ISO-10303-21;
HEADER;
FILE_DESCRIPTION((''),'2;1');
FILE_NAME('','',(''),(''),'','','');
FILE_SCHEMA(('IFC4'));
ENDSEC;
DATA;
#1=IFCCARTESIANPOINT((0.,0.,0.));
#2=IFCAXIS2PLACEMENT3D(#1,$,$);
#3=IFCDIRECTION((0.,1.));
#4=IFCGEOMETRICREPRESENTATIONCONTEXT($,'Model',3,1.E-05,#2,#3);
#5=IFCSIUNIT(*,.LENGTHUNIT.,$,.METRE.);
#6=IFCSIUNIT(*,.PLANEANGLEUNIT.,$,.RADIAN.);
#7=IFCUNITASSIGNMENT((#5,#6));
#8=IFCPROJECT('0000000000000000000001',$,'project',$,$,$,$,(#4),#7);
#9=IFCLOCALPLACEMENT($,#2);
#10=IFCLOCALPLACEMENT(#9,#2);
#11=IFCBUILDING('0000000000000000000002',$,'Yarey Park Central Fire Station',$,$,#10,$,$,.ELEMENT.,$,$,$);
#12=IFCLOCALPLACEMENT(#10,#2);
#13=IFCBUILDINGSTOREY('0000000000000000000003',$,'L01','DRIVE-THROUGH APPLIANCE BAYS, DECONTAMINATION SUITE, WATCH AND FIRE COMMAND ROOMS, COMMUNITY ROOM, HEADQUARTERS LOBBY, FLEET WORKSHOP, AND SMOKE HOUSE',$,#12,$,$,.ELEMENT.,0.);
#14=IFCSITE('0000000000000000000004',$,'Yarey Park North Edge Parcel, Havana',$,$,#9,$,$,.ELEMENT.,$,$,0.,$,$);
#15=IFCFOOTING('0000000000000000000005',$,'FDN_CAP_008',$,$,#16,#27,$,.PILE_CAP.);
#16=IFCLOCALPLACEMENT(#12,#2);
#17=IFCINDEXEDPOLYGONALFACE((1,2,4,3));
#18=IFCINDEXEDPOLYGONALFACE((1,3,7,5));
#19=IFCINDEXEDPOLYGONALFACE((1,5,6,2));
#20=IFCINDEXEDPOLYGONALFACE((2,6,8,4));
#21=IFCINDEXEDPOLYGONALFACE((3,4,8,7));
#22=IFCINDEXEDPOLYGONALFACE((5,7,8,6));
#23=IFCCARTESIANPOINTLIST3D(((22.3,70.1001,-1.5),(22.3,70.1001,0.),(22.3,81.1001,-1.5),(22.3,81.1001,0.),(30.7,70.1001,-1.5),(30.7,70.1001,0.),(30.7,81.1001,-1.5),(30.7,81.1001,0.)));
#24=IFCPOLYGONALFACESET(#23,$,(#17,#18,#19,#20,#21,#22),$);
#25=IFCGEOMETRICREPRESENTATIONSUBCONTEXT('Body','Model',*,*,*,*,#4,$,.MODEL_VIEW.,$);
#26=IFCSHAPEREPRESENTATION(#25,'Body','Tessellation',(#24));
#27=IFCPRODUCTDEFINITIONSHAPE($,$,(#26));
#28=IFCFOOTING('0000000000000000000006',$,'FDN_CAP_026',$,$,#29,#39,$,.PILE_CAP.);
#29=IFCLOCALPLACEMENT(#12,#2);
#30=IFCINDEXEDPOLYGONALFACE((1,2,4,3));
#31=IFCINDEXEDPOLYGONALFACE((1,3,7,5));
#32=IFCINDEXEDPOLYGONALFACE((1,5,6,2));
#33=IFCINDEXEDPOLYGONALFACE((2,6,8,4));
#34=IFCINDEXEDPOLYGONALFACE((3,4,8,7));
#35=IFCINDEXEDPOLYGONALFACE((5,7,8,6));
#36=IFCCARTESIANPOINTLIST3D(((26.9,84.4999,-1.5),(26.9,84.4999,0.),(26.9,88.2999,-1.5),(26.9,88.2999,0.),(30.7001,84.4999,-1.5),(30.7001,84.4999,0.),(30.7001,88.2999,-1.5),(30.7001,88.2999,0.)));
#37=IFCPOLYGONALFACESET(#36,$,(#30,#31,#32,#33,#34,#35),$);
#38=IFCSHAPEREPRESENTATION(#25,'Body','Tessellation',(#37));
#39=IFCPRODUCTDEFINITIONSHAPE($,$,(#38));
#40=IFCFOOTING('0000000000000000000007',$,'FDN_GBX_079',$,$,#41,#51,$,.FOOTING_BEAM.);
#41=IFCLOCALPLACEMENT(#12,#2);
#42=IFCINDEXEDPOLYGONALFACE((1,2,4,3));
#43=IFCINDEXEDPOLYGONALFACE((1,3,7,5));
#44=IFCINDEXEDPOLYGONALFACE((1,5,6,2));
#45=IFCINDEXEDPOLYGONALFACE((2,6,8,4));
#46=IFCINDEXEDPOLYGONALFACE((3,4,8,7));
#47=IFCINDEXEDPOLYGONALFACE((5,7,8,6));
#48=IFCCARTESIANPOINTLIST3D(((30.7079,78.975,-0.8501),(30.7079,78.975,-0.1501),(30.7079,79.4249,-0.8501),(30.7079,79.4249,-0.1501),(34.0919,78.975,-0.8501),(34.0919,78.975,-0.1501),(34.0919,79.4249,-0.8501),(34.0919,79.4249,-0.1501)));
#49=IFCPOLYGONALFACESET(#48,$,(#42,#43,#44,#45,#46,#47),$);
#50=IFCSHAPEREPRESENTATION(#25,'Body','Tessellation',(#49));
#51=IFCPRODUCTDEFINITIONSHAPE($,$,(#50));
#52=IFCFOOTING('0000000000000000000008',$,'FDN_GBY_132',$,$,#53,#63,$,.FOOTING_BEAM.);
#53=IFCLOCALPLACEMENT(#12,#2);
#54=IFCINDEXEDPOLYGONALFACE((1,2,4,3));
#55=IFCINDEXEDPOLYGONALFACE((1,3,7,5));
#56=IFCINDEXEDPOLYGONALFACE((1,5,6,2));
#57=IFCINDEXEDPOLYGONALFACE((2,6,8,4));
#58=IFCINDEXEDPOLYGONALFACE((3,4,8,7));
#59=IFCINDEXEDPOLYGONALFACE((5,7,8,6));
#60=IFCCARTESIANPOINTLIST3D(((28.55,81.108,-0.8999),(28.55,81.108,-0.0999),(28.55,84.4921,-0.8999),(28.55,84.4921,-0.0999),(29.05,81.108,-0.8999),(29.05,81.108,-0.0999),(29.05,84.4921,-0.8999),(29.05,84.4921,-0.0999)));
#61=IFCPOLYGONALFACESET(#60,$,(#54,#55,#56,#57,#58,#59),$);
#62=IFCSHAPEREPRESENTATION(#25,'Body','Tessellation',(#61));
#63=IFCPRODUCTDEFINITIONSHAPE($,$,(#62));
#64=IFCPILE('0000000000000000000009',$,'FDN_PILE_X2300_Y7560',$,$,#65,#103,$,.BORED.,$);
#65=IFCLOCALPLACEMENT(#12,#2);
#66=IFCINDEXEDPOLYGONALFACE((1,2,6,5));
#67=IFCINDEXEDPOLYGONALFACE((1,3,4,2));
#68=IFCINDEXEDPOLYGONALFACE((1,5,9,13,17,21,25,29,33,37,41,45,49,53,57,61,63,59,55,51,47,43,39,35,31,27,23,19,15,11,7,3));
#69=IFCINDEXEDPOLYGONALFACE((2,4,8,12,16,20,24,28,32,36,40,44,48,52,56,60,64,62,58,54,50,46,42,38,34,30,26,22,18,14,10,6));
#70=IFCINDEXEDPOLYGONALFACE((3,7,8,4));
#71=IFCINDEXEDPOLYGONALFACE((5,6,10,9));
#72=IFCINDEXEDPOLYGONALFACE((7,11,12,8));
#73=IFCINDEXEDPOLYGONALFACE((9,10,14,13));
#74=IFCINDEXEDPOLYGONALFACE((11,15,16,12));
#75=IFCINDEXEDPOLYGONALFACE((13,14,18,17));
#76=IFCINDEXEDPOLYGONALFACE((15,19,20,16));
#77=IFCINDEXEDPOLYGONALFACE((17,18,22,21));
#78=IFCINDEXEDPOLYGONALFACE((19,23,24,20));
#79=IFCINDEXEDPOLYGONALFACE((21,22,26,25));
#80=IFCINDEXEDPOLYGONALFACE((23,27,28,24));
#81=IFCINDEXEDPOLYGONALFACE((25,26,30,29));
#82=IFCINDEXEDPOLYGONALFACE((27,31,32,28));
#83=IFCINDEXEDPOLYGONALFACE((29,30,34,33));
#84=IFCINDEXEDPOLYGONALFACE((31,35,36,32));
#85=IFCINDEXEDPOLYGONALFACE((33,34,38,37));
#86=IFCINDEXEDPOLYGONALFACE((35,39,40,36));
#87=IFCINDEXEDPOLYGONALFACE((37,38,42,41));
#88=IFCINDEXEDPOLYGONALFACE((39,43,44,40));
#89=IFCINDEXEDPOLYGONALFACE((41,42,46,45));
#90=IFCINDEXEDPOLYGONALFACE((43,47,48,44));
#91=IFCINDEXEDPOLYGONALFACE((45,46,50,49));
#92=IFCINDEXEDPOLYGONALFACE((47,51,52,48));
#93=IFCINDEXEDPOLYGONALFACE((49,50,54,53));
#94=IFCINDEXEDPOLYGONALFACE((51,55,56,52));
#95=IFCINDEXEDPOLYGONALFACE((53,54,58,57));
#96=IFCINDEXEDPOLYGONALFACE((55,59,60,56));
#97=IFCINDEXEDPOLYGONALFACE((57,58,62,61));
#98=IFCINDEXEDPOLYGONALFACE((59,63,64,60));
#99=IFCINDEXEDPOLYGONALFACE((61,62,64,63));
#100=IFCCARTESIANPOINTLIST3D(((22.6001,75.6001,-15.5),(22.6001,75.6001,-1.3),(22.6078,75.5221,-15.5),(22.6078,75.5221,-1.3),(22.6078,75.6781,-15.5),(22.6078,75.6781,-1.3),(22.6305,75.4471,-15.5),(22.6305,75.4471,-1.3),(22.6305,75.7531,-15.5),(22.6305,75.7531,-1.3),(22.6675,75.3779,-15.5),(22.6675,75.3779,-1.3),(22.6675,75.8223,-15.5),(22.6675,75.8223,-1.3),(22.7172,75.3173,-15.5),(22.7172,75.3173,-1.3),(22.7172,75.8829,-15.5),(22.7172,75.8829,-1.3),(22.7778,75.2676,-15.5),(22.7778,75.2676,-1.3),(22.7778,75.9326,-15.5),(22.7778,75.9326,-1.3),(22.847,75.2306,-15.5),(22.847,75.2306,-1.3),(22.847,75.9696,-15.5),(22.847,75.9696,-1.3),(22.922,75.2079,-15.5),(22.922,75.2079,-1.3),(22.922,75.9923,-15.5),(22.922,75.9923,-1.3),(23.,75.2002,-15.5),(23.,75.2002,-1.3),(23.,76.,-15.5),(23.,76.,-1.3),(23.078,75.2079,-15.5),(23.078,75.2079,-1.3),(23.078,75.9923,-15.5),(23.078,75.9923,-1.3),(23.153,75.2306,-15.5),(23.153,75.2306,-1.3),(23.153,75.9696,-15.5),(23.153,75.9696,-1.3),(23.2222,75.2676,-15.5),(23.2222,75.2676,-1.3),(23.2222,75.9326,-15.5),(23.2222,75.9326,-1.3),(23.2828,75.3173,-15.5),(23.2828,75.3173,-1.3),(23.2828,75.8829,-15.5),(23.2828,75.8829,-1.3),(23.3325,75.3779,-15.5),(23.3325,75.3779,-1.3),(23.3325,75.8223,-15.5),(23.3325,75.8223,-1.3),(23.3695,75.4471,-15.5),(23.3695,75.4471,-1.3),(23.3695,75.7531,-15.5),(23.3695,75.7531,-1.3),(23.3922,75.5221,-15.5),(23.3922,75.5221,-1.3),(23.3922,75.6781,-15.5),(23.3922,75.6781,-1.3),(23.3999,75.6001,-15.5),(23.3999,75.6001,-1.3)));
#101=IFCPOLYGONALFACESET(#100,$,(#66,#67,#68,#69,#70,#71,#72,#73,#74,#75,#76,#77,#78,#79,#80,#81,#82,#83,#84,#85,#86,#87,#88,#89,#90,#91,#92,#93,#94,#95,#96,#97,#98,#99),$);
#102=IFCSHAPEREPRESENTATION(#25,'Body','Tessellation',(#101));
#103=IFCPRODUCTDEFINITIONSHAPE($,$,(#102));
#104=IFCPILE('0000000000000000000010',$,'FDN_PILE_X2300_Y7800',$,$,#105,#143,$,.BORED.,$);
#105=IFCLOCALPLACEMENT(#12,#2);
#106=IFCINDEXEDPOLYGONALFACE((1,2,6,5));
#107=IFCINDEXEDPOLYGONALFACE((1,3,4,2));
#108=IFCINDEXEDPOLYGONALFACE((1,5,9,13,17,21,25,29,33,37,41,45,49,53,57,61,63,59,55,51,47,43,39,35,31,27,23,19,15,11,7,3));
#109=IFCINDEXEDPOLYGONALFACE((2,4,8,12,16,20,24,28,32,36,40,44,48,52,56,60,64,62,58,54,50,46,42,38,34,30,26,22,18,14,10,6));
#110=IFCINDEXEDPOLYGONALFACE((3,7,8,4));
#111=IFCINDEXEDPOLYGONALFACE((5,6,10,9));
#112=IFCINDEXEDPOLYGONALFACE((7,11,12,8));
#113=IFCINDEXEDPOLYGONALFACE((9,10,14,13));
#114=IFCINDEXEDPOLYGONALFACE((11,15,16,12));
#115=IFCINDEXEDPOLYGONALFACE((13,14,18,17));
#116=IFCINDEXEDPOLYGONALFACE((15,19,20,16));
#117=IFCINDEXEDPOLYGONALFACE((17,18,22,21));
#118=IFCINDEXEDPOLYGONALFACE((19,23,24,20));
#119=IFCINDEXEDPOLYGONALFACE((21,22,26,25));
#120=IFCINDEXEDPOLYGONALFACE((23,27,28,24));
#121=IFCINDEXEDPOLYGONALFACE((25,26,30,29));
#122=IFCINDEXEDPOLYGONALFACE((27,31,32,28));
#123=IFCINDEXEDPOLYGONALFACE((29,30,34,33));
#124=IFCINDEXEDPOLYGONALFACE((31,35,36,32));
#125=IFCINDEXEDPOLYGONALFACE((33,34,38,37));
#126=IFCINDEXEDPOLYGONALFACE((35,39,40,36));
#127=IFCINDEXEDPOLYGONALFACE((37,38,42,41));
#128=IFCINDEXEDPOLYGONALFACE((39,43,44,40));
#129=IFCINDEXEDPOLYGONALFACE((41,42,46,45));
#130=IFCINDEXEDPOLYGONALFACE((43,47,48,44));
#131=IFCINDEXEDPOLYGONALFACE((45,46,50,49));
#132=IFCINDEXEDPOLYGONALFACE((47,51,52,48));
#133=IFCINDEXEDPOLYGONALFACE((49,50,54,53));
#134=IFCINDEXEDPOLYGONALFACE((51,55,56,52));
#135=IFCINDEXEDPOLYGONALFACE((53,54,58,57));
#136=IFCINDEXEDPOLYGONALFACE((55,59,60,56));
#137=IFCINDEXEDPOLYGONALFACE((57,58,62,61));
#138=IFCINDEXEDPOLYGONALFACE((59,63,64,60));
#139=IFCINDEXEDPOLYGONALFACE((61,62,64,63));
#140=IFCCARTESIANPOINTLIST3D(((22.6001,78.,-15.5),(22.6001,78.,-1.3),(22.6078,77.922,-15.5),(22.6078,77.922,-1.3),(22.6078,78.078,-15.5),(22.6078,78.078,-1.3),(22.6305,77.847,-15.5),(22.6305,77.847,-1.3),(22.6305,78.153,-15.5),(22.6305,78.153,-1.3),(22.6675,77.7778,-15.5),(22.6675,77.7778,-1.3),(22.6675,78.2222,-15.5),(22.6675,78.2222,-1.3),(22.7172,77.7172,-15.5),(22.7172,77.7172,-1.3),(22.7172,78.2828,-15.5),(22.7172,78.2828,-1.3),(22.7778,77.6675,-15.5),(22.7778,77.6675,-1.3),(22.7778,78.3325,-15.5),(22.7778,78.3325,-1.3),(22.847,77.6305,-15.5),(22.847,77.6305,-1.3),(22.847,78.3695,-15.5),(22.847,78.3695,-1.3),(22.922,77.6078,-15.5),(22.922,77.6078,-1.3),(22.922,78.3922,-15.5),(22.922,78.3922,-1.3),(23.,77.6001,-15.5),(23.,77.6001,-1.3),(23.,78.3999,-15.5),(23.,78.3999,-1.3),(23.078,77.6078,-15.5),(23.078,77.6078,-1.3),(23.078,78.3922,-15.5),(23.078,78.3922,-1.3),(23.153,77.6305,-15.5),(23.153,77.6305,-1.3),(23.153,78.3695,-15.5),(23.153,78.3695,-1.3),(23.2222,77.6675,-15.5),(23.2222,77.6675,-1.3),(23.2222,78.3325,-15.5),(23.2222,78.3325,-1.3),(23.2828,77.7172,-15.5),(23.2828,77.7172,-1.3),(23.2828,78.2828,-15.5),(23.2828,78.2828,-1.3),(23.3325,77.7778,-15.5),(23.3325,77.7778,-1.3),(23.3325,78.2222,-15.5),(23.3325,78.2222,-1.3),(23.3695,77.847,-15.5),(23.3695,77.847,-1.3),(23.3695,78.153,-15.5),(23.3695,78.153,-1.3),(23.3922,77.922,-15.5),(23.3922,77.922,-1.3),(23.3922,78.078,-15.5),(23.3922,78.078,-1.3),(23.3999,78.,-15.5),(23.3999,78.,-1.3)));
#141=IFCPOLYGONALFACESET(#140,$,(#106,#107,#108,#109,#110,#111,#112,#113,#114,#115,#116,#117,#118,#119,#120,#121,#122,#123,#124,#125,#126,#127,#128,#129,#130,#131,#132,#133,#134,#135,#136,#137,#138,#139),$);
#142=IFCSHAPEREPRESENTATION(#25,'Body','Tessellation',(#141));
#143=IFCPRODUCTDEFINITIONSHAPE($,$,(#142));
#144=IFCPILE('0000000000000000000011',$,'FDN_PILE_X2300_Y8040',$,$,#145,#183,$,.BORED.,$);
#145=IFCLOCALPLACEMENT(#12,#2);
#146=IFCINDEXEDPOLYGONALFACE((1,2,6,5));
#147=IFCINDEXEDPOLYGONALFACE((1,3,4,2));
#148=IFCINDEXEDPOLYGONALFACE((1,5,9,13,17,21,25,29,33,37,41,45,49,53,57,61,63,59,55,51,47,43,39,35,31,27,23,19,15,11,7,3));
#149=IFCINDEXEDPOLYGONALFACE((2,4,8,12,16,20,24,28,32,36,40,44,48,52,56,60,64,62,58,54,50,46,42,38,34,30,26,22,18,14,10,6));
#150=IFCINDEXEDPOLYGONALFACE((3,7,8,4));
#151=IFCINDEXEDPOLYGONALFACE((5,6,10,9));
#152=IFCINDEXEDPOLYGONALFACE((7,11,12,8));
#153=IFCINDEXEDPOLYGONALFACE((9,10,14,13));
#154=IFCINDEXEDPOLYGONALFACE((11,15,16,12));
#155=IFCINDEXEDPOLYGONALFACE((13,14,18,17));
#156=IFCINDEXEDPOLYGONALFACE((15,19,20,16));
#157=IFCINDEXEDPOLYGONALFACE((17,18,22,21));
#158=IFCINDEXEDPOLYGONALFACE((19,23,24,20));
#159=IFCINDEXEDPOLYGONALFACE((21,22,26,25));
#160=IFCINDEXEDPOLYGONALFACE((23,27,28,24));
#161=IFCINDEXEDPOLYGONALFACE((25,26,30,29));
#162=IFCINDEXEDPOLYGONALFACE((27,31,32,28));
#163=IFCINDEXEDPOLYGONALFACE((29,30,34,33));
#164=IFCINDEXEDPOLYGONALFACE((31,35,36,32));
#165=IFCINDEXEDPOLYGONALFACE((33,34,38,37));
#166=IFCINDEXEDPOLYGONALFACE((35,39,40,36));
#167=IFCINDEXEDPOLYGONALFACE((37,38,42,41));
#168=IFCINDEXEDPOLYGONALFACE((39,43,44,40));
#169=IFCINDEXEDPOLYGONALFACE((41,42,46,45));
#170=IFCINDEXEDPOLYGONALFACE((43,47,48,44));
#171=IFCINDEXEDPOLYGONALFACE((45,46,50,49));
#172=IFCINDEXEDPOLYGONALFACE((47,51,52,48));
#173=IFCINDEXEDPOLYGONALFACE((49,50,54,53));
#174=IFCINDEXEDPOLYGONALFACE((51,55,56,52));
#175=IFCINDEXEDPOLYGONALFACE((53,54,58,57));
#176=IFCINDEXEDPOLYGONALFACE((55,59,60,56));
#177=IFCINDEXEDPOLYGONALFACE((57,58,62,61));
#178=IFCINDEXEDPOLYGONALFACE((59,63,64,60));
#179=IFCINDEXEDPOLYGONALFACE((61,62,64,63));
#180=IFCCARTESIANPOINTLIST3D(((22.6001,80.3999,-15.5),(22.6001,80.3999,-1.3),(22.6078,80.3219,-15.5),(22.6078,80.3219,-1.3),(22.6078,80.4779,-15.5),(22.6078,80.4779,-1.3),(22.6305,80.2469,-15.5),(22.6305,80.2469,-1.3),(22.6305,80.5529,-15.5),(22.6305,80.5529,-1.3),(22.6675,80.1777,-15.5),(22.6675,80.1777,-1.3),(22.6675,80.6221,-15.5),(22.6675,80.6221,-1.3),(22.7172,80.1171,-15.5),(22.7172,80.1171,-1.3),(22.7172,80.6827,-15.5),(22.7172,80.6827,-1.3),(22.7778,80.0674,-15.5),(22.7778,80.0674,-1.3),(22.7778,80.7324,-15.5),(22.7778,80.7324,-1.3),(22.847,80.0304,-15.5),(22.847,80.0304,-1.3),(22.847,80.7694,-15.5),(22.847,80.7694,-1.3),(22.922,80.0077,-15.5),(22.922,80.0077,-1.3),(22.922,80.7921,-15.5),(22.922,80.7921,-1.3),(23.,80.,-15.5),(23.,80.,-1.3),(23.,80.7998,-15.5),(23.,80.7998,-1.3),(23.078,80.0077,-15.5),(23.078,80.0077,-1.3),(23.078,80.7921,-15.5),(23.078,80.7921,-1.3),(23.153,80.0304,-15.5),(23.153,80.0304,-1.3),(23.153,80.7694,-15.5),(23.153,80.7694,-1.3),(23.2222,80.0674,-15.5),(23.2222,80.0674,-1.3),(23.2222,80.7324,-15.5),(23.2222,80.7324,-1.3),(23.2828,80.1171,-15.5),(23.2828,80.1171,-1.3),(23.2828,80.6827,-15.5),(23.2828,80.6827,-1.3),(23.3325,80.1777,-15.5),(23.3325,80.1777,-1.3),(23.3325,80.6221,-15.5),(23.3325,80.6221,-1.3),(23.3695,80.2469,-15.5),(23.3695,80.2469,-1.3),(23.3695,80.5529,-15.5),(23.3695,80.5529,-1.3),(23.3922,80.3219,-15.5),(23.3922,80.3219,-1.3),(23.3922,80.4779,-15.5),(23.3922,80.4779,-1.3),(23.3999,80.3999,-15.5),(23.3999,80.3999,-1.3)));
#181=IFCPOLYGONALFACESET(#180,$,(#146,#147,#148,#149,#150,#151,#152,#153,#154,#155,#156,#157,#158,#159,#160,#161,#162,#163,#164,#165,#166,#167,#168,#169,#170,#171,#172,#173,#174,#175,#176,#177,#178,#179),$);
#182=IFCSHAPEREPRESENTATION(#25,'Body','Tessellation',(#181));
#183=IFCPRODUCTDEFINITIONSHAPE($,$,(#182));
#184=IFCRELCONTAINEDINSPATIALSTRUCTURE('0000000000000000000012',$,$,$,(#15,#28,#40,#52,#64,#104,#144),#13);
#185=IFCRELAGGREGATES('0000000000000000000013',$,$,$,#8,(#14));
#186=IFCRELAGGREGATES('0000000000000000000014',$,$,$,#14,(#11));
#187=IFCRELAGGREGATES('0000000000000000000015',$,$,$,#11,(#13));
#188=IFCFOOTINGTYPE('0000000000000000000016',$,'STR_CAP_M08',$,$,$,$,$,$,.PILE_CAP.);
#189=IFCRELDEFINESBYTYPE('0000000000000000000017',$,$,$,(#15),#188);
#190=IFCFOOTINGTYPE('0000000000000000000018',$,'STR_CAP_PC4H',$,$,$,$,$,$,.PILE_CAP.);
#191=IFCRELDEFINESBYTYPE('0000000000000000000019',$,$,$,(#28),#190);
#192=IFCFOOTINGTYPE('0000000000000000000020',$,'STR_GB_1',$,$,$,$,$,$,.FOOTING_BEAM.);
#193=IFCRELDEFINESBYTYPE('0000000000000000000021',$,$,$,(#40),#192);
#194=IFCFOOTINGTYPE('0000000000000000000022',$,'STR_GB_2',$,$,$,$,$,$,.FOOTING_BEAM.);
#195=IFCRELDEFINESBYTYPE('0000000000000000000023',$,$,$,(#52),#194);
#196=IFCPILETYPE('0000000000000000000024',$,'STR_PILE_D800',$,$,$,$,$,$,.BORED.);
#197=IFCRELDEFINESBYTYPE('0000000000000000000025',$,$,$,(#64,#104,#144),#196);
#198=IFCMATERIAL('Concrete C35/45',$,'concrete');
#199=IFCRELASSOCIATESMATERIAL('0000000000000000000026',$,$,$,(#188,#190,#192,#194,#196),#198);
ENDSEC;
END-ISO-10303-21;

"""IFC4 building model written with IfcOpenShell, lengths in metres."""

from ifc_helpers import new_model, si_unit, direction, frame, origin, origin_2d, place, context, subcontext, project, spatial, rectangle, circle, extrude, material, material_profile, profile_set, type_object, element, save


model = new_model("IFC4")

# Units and contexts
model_context = context("Model", 3, precision=1e-05, world=origin(), true_north=direction((0.0, 1.0)))
body_context = subcontext(model_context, "Body", "Model", "MODEL_VIEW")
ifc_project = project(units=[si_unit("LENGTHUNIT", "METRE"), si_unit("PLANEANGLEUNIT", "RADIAN")], contexts=[model_context])

# Site, building, storey
site_placement = place(None, origin())
site = spatial("IfcSite", under=ifc_project, at=site_placement, Name="Yarey Park North Edge Parcel, Havana", CompositionType="ELEMENT", RefElevation=0.0)
building_placement = place(site_placement, origin())
building = spatial("IfcBuilding", under=site, at=building_placement, Name="Yarey Park Central Fire Station", CompositionType="ELEMENT")
storey_placement = place(building_placement, origin())
storey = spatial("IfcBuildingStorey", under=building, at=storey_placement, Name="L01", Description="DRIVE-THROUGH APPLIANCE BAYS, DECONTAMINATION SUITE, WATCH AND FIRE COMMAND ROOMS, COMMUNITY ROOM, HEADQUARTERS LOBBY, FLEET WORKSHOP, AND SMOKE HOUSE", CompositionType="ELEMENT", Elevation=0.0)

# Footings
ifc_material_1 = material(Name="Concrete C35/45", Category="concrete")
footing_type_1 = type_object("IfcFootingType", Name="STR_CAP_M08", PredefinedType="PILE_CAP", material=ifc_material_1)
footing_1_placement = place(storey_placement, frame((26.5, 75.6001, -1.5), z_axis=(0.0, 0.0, 1.0), x_axis=(1.0, 0.0, 0.0)))
element("IfcFooting", 1, at=footing_1_placement, inside=storey, type_object=footing_type_1, Name="FDN_CAP_008", PredefinedType="PILE_CAP", context=body_context, shape_type="SweptSolid", body=[
    extrude(rectangle(XDim=8.3999, YDim=11.0, at=origin_2d()), origin(), (0.0, 0.0, 1.0), 1.5),
])
footing_type_2 = type_object("IfcFootingType", Name="STR_CAP_PC4H", PredefinedType="PILE_CAP", material=ifc_material_1)
footing_2_placement = place(storey_placement, frame((28.8, 86.3999, -1.5), z_axis=(0.0, 0.0, 1.0), x_axis=(1.0, 0.0, 0.0)))
element("IfcFooting", 2, at=footing_2_placement, inside=storey, type_object=footing_type_2, Name="FDN_CAP_026", PredefinedType="PILE_CAP", context=body_context, shape_type="SweptSolid", body=[
    extrude(rectangle(XDim=3.8, YDim=3.8, at=origin_2d()), origin(), (0.0, 0.0, 1.0), 1.5),
])
footing_type_3 = type_object("IfcFootingType", Name="STR_GB_1", PredefinedType="FOOTING_BEAM", material=ifc_material_1)
footing_3_placement = place(storey_placement, frame((32.3999, 79.2, -0.8501), z_axis=(0.0, 0.0, 1.0), x_axis=(1.0, 0.0, 0.0)))
element("IfcFooting", 3, at=footing_3_placement, inside=storey, type_object=footing_type_3, Name="FDN_GBX_079", PredefinedType="FOOTING_BEAM", context=body_context, shape_type="SweptSolid", body=[
    extrude(rectangle(XDim=3.384, YDim=0.45, at=origin_2d()), origin(), (0.0, 0.0, 1.0), 0.7),
])
footing_type_4 = type_object("IfcFootingType", Name="STR_GB_2", PredefinedType="FOOTING_BEAM", material=ifc_material_1)
footing_4_placement = place(storey_placement, frame((28.8, 82.8, -0.8999), z_axis=(0.0, 0.0, 1.0), x_axis=(1.0, 0.0, 0.0)))
element("IfcFooting", 4, at=footing_4_placement, inside=storey, type_object=footing_type_4, Name="FDN_GBY_132", PredefinedType="FOOTING_BEAM", context=body_context, shape_type="SweptSolid", body=[
    extrude(rectangle(XDim=0.5, YDim=3.384, at=origin_2d()), origin(), (0.0, 0.0, 1.0), 0.8),
])

# Piles
ifc_material_profile_1 = material_profile(ifc_material_1, circle(Radius=0.3999, at=origin_2d()), Name="BORED PILE D800")
ifc_profile_set_1 = profile_set([ifc_material_profile_1], Name="Concrete C35/45")
pile_type = type_object("IfcPileType", Name="STR_PILE_D800", PredefinedType="BORED", material=ifc_profile_set_1)
for number, where, z_axis, x_axis, name in (
    (5, (23.0, 75.6001, -1.3), (0.0, 0.0, -1.0), (1.0, 0.0, 0.0), "FDN_PILE_X2300_Y7560"),
    (6, (23.0, 78.0, -1.3), (0.0, 0.0, -1.0), (1.0, 0.0, 0.0), "FDN_PILE_X2300_Y7800"),
    (7, (23.0, 80.3999, -1.3), (0.0, 0.0, -1.0), (1.0, 0.0, 0.0), "FDN_PILE_X2300_Y8040"),
):
    element("IfcPile", number, at=place(storey_placement, frame(where, z_axis=z_axis, x_axis=x_axis)), inside=storey, type_object=pile_type, Name=name, PredefinedType="BORED", context=body_context, shape_type="SweptSolid", body=[
        extrude(circle(Radius=0.3999, at=origin_2d()), origin(), (0.0, 0.0, 1.0), 14.2),
    ])

save(model, "model.ifc")
